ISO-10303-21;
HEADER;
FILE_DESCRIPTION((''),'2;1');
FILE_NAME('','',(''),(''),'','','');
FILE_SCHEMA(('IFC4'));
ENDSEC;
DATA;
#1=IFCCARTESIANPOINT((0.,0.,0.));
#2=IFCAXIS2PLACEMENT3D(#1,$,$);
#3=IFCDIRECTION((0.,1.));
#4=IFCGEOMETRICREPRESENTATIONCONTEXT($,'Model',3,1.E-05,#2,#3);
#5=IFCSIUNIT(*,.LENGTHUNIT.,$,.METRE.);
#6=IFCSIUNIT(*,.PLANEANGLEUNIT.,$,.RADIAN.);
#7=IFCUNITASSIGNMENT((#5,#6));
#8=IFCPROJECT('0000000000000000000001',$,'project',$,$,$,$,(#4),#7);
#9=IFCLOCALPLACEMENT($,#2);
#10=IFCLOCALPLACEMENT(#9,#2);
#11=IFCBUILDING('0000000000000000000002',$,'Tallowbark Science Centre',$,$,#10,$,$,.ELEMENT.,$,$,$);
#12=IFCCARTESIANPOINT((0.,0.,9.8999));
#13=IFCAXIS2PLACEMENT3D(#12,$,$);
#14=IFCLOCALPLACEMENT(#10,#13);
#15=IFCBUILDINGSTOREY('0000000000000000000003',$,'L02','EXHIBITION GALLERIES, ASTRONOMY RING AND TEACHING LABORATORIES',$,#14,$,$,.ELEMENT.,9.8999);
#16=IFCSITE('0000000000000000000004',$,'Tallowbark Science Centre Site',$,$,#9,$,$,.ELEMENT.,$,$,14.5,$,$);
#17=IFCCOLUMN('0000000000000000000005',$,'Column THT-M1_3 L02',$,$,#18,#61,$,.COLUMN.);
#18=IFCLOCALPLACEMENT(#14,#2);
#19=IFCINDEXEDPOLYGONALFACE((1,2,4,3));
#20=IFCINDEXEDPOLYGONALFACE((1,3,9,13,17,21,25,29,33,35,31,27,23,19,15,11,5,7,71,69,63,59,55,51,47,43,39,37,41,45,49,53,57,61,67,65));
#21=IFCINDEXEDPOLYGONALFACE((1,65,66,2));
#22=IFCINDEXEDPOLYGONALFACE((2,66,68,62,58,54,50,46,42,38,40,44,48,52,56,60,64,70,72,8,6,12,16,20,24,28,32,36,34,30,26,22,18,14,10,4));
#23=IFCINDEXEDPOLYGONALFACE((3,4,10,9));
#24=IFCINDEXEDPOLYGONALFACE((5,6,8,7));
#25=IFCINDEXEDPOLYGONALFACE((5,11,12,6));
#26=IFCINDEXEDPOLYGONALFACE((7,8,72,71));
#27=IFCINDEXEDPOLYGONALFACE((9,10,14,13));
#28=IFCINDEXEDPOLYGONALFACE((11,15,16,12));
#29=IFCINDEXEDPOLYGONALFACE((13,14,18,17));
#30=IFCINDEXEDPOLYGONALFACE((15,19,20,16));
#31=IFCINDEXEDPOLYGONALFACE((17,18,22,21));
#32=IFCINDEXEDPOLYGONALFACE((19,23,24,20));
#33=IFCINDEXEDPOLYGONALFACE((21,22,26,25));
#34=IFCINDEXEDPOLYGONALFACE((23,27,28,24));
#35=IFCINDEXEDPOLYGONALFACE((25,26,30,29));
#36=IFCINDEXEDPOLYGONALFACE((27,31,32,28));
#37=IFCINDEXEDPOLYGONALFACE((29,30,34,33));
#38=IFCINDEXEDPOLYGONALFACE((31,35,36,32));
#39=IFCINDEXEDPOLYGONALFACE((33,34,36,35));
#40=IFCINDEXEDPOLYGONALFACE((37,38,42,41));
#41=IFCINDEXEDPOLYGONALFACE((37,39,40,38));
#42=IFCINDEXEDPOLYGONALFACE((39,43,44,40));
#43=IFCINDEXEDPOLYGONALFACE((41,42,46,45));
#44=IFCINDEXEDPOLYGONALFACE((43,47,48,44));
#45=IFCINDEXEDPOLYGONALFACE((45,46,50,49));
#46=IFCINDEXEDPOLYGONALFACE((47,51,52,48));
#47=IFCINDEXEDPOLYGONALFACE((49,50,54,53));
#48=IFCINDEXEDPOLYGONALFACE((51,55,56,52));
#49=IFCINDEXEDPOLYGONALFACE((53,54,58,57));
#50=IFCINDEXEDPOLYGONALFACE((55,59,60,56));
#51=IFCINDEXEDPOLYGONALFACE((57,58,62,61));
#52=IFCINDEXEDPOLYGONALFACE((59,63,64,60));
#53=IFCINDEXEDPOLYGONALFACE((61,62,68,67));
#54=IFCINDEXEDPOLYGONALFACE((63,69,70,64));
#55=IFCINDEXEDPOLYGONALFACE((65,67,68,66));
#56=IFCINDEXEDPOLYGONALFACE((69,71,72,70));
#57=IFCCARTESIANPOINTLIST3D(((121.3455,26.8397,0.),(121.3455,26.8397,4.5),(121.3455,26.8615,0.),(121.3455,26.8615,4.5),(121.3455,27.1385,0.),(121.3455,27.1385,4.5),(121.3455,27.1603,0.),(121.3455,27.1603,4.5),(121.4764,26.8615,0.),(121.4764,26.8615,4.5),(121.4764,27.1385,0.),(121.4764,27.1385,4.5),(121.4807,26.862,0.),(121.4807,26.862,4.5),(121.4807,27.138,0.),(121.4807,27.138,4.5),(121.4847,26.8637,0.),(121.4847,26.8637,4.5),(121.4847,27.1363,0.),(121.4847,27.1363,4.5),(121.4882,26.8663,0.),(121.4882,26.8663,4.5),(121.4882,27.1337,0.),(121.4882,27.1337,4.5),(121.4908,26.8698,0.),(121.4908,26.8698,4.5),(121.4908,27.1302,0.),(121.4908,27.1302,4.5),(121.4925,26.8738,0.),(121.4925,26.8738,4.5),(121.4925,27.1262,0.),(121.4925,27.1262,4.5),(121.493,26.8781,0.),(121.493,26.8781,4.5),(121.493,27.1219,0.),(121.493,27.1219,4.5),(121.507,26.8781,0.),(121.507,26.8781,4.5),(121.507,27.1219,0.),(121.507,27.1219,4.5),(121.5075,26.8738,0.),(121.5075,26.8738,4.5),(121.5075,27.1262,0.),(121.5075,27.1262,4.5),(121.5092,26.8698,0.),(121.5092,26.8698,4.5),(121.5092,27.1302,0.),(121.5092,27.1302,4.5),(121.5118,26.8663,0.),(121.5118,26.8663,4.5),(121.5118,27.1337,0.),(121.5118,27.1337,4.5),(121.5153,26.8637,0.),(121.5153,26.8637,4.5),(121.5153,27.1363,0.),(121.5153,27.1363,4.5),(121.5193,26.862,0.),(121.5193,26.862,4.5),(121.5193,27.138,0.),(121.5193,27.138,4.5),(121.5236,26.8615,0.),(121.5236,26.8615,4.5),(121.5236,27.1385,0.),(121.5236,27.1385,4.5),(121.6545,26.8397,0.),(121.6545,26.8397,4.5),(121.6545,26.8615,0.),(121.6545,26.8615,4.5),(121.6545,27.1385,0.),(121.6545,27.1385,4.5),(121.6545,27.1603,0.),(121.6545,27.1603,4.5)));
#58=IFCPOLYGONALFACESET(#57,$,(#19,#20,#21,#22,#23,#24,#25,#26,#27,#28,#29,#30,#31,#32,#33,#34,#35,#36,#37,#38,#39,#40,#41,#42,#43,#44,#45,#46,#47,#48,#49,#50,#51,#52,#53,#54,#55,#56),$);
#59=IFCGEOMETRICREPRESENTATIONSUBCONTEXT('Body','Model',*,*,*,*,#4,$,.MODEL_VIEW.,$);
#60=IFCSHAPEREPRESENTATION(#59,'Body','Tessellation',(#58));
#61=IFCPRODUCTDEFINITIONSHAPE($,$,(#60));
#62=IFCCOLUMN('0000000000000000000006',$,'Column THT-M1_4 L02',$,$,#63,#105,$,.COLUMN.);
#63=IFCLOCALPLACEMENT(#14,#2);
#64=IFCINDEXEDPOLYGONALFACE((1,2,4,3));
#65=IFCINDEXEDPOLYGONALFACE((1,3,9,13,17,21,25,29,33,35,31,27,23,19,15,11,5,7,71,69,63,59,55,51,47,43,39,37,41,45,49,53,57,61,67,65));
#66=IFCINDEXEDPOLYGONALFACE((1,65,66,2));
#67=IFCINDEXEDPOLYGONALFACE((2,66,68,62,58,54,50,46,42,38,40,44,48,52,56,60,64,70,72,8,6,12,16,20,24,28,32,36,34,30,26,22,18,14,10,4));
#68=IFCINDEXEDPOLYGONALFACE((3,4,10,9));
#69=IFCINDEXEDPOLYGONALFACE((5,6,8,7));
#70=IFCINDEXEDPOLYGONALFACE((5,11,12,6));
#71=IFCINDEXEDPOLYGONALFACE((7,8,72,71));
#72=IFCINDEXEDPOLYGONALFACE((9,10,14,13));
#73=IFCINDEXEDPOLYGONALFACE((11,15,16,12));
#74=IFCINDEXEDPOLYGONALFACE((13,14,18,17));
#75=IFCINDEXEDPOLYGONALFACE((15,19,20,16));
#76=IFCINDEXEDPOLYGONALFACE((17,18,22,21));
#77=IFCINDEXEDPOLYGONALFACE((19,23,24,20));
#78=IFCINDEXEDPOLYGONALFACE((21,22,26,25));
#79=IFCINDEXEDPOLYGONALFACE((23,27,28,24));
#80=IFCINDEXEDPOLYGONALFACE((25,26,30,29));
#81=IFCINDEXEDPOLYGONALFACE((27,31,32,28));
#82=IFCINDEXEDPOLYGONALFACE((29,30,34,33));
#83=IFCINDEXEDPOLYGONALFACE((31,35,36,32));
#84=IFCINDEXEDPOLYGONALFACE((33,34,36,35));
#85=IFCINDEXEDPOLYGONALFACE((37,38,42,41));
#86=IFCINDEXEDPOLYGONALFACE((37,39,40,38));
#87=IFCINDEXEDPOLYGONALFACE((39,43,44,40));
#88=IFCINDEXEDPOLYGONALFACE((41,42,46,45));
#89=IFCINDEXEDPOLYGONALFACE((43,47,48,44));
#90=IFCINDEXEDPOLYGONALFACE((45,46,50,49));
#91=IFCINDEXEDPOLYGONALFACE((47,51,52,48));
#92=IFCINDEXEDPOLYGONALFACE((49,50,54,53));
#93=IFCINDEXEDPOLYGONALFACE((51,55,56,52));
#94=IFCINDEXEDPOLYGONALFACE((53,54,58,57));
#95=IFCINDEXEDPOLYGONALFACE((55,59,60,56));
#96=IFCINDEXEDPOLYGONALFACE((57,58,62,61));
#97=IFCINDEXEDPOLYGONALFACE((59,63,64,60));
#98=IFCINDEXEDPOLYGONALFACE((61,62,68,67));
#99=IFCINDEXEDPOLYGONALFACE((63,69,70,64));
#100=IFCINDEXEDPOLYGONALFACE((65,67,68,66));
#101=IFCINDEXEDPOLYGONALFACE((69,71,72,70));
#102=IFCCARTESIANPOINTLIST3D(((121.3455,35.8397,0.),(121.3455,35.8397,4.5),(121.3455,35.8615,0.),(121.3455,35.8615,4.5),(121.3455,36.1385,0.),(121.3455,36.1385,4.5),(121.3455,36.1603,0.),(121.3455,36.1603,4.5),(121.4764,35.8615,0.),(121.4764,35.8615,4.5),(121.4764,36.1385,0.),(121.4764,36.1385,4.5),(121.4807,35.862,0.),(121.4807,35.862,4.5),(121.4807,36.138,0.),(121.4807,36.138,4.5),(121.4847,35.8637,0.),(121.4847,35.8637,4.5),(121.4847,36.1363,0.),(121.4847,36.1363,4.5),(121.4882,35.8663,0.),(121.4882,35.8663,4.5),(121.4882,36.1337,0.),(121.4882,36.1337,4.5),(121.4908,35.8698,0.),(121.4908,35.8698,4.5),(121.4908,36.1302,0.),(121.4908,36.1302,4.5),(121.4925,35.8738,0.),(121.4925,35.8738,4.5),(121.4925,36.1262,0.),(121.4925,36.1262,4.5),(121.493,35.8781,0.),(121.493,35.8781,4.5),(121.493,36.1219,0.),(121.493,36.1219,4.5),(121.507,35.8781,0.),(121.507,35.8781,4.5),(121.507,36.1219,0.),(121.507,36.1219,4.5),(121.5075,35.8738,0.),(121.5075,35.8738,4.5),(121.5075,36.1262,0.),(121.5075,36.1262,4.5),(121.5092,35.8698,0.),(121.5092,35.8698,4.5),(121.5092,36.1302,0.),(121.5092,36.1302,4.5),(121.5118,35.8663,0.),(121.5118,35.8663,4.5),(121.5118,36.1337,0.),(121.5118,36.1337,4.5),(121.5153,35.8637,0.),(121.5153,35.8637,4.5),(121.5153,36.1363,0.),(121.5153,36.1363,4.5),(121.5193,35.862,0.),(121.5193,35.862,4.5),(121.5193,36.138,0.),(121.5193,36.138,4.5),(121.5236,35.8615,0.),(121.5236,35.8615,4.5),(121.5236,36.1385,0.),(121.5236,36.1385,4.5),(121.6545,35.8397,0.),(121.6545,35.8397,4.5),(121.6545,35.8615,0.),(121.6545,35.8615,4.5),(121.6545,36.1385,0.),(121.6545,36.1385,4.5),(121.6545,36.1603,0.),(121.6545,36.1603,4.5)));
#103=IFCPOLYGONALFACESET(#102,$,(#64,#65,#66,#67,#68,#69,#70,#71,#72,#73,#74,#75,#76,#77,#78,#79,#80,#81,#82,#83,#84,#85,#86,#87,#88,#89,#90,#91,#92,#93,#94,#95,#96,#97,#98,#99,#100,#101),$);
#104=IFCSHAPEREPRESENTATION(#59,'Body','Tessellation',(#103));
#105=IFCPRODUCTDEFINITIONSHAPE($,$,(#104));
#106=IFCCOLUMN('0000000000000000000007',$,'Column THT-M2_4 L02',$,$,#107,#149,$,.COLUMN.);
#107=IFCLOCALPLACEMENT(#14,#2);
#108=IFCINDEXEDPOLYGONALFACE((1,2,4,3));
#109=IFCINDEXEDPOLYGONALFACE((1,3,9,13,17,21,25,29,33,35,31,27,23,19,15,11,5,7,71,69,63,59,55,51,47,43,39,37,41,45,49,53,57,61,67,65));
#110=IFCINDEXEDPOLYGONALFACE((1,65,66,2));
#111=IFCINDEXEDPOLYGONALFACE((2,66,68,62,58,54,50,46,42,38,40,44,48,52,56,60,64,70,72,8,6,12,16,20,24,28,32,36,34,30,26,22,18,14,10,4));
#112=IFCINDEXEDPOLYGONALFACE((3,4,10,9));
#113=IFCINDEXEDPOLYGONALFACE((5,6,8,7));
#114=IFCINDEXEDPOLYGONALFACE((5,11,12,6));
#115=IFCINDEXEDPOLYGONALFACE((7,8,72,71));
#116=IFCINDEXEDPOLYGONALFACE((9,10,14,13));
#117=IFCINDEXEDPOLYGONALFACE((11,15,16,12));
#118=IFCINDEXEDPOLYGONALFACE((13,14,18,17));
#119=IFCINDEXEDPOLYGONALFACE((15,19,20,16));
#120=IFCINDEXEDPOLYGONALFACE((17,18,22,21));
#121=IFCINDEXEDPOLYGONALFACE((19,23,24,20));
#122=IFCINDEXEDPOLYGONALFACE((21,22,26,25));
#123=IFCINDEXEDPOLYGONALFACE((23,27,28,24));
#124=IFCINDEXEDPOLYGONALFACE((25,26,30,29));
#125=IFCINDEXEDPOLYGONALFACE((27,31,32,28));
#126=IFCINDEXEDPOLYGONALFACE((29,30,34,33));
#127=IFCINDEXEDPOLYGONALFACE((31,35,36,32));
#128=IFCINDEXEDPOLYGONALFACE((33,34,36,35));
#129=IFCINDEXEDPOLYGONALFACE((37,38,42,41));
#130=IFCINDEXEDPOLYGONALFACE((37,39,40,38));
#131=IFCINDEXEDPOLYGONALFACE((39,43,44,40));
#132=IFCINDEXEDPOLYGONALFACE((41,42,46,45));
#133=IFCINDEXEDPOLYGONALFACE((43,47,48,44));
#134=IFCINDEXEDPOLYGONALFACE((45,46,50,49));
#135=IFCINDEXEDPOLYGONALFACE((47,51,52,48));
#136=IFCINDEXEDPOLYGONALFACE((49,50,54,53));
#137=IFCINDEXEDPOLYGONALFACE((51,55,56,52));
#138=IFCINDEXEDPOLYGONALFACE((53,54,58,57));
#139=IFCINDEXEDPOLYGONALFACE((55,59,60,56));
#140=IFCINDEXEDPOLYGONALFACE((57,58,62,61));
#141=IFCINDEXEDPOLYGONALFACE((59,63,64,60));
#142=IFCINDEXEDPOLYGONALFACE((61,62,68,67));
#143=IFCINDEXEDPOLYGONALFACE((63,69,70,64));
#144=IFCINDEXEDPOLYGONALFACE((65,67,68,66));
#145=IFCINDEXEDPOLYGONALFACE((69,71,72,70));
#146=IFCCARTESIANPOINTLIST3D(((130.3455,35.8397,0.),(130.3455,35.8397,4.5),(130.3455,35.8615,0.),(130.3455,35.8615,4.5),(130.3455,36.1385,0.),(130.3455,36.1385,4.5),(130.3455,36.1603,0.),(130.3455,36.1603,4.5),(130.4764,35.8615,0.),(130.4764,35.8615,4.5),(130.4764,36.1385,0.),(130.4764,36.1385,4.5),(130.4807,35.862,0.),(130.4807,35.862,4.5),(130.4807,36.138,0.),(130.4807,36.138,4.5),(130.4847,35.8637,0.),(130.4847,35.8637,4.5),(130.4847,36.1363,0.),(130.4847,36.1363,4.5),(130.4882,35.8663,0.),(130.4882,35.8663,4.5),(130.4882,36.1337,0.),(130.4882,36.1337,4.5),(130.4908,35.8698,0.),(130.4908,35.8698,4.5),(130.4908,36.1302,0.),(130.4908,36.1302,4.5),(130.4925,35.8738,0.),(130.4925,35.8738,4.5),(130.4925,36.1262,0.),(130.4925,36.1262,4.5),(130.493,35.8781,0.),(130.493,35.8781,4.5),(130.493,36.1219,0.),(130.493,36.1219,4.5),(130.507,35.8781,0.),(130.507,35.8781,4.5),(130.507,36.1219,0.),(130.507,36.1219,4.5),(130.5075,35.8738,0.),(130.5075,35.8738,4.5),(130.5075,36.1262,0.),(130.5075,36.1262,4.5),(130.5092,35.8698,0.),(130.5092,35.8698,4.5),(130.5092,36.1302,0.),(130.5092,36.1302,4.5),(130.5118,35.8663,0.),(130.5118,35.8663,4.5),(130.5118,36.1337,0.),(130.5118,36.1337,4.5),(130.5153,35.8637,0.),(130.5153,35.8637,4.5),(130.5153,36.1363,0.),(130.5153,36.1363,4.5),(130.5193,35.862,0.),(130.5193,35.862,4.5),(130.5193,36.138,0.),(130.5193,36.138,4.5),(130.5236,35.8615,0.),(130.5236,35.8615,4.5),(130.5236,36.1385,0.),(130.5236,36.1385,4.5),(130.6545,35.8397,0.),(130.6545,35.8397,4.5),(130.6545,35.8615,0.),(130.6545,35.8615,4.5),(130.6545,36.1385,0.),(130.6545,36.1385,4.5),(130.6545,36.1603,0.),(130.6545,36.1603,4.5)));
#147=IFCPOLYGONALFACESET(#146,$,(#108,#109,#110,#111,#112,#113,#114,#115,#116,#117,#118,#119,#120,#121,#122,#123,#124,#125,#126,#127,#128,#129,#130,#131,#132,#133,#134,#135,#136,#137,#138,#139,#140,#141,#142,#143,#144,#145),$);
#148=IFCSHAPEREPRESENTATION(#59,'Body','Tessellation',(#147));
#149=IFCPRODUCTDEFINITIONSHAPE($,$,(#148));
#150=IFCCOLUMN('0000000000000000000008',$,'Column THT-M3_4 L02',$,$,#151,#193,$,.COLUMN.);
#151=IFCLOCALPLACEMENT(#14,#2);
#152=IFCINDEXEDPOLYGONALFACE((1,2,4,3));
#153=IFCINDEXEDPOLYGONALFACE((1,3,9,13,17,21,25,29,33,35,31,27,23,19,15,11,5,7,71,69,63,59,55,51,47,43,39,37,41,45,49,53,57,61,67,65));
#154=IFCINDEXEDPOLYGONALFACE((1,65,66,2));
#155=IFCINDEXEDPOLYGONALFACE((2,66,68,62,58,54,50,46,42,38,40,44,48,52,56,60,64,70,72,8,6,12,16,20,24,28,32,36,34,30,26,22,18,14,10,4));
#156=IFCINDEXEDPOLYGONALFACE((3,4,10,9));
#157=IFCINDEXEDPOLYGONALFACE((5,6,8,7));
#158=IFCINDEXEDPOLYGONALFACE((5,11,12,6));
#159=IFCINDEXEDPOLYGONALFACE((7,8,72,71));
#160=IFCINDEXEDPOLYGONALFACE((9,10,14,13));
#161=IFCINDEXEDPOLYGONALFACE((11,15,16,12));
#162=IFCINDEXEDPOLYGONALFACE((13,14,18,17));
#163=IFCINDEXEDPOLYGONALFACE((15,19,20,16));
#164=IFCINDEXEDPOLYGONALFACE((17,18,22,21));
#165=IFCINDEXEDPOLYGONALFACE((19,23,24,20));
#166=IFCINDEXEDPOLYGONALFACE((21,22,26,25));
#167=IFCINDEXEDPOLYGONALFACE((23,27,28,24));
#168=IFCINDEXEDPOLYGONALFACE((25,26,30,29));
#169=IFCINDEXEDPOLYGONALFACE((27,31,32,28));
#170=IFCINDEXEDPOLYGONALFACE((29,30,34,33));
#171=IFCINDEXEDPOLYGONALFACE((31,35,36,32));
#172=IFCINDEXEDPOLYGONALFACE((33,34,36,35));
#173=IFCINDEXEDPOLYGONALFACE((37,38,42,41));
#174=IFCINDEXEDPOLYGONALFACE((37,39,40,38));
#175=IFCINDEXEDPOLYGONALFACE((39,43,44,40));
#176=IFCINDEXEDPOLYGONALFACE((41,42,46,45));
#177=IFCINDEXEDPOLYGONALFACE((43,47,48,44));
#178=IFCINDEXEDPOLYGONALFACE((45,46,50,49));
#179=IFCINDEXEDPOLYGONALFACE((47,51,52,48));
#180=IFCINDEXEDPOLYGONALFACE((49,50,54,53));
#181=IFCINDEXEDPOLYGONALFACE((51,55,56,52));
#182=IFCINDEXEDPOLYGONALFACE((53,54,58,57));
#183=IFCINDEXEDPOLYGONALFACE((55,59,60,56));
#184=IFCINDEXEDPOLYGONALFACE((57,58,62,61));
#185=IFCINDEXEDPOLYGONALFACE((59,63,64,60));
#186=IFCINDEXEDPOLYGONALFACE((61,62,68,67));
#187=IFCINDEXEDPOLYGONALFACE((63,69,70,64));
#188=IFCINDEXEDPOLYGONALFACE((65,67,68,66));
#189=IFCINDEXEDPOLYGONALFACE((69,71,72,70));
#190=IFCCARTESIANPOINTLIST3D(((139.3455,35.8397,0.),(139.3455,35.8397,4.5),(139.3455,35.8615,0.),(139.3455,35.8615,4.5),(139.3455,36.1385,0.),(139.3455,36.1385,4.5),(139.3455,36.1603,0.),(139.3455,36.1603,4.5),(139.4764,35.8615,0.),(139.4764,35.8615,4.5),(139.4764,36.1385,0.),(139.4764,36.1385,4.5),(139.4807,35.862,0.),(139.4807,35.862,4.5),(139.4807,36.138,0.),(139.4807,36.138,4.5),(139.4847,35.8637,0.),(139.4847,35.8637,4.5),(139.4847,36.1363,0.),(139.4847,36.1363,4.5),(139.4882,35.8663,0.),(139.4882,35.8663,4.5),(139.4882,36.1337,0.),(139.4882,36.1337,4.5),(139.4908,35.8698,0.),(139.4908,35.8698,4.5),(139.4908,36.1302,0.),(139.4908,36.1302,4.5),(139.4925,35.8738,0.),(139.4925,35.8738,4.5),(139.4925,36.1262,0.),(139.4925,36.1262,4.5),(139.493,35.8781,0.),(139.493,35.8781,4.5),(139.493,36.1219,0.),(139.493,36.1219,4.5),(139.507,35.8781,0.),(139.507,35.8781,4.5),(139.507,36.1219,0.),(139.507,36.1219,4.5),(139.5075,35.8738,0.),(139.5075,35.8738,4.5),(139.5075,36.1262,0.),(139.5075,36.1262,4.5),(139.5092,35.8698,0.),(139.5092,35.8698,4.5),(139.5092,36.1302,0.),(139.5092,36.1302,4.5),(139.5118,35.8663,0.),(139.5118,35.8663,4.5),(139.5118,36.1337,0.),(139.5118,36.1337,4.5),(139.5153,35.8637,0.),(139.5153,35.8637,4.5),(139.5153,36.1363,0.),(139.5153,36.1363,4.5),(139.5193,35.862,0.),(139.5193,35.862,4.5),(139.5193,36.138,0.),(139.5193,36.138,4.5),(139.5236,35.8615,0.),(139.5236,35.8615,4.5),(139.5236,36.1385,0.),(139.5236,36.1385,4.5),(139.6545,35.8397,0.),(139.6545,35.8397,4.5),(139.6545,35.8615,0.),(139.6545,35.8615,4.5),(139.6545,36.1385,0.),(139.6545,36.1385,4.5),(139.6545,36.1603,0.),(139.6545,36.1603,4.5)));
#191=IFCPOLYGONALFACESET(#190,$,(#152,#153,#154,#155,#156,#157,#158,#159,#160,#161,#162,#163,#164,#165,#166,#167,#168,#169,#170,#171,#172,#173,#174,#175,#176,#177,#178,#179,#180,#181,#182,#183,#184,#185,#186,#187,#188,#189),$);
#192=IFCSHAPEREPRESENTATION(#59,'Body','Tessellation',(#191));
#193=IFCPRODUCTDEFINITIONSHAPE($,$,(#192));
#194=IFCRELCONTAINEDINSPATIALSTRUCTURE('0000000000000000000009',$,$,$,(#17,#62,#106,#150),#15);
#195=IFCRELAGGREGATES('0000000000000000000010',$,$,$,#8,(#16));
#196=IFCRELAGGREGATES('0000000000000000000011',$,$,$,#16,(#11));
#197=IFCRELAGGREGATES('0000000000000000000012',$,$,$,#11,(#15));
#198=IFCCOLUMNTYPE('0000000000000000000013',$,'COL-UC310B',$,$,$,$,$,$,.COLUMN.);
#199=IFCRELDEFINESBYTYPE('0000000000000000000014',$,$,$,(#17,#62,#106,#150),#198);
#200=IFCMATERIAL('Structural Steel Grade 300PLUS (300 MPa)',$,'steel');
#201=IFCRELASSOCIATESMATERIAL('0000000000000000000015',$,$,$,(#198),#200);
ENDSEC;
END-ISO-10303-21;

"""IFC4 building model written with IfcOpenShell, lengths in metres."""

from ifc_helpers import new_model, si_unit, direction, frame, origin, origin_2d, place, context, subcontext, project, spatial, i_section, extrude, material, material_profile, profile_set, type_object, element, save


model = new_model("IFC4")

# Units and contexts
model_context = context("Model", 3, precision=1e-05, world=origin(), true_north=direction((0.0, 1.0)))
body_context = subcontext(model_context, "Body", "Model", "MODEL_VIEW")
ifc_project = project(units=[si_unit("LENGTHUNIT", "METRE"), si_unit("PLANEANGLEUNIT", "RADIAN")], contexts=[model_context])

# Site, building, storey
site_placement = place(None, origin())
site = spatial("IfcSite", under=ifc_project, at=site_placement, Name="Tallowbark Science Centre Site", CompositionType="ELEMENT", RefElevation=14.5)
building_placement = place(site_placement, origin())
building = spatial("IfcBuilding", under=site, at=building_placement, Name="Tallowbark Science Centre", CompositionType="ELEMENT")
storey_placement = place(building_placement, frame((0.0, 0.0, 9.8999)))
storey = spatial("IfcBuildingStorey", under=building, at=storey_placement, Name="L02", Description="EXHIBITION GALLERIES, ASTRONOMY RING AND TEACHING LABORATORIES", CompositionType="ELEMENT", Elevation=9.8999)

# Columns
ifc_material_1 = material(Name="Structural Steel Grade 300PLUS (300 MPa)", Category="steel")
ifc_material_profile_1 = material_profile(ifc_material_1, i_section(OverallWidth=0.3091, OverallDepth=0.3206, WebThickness=0.0139, FlangeThickness=0.0217, FilletRadius=0.0166, at=origin_2d()), Name="310UC137")
ifc_profile_set_1 = profile_set([ifc_material_profile_1], Name="Structural Steel Grade 300PLUS (300 MPa)")
column_type = type_object("IfcColumnType", Name="COL-UC310B", PredefinedType="COLUMN", material=ifc_profile_set_1)
for number, where, z_axis, x_axis, name in (
    (1, (121.5, 27.0, 0.0), (0.0, 0.0, 1.0), (1.0, 0.0, 0.0), "Column THT-M1_3 L02"),
    (2, (121.5, 36.0, 0.0), (0.0, 0.0, 1.0), (1.0, 0.0, 0.0), "Column THT-M1_4 L02"),
    (3, (130.5, 36.0, 0.0), (0.0, 0.0, 1.0), (1.0, 0.0, 0.0), "Column THT-M2_4 L02"),
    (4, (139.5, 36.0, 0.0), (0.0, 0.0, 1.0), (1.0, 0.0, 0.0), "Column THT-M3_4 L02"),
):
    element("IfcColumn", number, at=place(storey_placement, frame(where, z_axis=z_axis, x_axis=x_axis)), inside=storey, type_object=column_type, Name=name, PredefinedType="COLUMN", context=body_context, shape_type="SweptSolid", body=[
        extrude(i_section(OverallWidth=0.3091, OverallDepth=0.3206, WebThickness=0.0139, FlangeThickness=0.0217, FilletRadius=0.0166, at=origin_2d()), origin(), (0.0, 0.0, 1.0), 4.5),
    ])

save(model, "model.ifc")
